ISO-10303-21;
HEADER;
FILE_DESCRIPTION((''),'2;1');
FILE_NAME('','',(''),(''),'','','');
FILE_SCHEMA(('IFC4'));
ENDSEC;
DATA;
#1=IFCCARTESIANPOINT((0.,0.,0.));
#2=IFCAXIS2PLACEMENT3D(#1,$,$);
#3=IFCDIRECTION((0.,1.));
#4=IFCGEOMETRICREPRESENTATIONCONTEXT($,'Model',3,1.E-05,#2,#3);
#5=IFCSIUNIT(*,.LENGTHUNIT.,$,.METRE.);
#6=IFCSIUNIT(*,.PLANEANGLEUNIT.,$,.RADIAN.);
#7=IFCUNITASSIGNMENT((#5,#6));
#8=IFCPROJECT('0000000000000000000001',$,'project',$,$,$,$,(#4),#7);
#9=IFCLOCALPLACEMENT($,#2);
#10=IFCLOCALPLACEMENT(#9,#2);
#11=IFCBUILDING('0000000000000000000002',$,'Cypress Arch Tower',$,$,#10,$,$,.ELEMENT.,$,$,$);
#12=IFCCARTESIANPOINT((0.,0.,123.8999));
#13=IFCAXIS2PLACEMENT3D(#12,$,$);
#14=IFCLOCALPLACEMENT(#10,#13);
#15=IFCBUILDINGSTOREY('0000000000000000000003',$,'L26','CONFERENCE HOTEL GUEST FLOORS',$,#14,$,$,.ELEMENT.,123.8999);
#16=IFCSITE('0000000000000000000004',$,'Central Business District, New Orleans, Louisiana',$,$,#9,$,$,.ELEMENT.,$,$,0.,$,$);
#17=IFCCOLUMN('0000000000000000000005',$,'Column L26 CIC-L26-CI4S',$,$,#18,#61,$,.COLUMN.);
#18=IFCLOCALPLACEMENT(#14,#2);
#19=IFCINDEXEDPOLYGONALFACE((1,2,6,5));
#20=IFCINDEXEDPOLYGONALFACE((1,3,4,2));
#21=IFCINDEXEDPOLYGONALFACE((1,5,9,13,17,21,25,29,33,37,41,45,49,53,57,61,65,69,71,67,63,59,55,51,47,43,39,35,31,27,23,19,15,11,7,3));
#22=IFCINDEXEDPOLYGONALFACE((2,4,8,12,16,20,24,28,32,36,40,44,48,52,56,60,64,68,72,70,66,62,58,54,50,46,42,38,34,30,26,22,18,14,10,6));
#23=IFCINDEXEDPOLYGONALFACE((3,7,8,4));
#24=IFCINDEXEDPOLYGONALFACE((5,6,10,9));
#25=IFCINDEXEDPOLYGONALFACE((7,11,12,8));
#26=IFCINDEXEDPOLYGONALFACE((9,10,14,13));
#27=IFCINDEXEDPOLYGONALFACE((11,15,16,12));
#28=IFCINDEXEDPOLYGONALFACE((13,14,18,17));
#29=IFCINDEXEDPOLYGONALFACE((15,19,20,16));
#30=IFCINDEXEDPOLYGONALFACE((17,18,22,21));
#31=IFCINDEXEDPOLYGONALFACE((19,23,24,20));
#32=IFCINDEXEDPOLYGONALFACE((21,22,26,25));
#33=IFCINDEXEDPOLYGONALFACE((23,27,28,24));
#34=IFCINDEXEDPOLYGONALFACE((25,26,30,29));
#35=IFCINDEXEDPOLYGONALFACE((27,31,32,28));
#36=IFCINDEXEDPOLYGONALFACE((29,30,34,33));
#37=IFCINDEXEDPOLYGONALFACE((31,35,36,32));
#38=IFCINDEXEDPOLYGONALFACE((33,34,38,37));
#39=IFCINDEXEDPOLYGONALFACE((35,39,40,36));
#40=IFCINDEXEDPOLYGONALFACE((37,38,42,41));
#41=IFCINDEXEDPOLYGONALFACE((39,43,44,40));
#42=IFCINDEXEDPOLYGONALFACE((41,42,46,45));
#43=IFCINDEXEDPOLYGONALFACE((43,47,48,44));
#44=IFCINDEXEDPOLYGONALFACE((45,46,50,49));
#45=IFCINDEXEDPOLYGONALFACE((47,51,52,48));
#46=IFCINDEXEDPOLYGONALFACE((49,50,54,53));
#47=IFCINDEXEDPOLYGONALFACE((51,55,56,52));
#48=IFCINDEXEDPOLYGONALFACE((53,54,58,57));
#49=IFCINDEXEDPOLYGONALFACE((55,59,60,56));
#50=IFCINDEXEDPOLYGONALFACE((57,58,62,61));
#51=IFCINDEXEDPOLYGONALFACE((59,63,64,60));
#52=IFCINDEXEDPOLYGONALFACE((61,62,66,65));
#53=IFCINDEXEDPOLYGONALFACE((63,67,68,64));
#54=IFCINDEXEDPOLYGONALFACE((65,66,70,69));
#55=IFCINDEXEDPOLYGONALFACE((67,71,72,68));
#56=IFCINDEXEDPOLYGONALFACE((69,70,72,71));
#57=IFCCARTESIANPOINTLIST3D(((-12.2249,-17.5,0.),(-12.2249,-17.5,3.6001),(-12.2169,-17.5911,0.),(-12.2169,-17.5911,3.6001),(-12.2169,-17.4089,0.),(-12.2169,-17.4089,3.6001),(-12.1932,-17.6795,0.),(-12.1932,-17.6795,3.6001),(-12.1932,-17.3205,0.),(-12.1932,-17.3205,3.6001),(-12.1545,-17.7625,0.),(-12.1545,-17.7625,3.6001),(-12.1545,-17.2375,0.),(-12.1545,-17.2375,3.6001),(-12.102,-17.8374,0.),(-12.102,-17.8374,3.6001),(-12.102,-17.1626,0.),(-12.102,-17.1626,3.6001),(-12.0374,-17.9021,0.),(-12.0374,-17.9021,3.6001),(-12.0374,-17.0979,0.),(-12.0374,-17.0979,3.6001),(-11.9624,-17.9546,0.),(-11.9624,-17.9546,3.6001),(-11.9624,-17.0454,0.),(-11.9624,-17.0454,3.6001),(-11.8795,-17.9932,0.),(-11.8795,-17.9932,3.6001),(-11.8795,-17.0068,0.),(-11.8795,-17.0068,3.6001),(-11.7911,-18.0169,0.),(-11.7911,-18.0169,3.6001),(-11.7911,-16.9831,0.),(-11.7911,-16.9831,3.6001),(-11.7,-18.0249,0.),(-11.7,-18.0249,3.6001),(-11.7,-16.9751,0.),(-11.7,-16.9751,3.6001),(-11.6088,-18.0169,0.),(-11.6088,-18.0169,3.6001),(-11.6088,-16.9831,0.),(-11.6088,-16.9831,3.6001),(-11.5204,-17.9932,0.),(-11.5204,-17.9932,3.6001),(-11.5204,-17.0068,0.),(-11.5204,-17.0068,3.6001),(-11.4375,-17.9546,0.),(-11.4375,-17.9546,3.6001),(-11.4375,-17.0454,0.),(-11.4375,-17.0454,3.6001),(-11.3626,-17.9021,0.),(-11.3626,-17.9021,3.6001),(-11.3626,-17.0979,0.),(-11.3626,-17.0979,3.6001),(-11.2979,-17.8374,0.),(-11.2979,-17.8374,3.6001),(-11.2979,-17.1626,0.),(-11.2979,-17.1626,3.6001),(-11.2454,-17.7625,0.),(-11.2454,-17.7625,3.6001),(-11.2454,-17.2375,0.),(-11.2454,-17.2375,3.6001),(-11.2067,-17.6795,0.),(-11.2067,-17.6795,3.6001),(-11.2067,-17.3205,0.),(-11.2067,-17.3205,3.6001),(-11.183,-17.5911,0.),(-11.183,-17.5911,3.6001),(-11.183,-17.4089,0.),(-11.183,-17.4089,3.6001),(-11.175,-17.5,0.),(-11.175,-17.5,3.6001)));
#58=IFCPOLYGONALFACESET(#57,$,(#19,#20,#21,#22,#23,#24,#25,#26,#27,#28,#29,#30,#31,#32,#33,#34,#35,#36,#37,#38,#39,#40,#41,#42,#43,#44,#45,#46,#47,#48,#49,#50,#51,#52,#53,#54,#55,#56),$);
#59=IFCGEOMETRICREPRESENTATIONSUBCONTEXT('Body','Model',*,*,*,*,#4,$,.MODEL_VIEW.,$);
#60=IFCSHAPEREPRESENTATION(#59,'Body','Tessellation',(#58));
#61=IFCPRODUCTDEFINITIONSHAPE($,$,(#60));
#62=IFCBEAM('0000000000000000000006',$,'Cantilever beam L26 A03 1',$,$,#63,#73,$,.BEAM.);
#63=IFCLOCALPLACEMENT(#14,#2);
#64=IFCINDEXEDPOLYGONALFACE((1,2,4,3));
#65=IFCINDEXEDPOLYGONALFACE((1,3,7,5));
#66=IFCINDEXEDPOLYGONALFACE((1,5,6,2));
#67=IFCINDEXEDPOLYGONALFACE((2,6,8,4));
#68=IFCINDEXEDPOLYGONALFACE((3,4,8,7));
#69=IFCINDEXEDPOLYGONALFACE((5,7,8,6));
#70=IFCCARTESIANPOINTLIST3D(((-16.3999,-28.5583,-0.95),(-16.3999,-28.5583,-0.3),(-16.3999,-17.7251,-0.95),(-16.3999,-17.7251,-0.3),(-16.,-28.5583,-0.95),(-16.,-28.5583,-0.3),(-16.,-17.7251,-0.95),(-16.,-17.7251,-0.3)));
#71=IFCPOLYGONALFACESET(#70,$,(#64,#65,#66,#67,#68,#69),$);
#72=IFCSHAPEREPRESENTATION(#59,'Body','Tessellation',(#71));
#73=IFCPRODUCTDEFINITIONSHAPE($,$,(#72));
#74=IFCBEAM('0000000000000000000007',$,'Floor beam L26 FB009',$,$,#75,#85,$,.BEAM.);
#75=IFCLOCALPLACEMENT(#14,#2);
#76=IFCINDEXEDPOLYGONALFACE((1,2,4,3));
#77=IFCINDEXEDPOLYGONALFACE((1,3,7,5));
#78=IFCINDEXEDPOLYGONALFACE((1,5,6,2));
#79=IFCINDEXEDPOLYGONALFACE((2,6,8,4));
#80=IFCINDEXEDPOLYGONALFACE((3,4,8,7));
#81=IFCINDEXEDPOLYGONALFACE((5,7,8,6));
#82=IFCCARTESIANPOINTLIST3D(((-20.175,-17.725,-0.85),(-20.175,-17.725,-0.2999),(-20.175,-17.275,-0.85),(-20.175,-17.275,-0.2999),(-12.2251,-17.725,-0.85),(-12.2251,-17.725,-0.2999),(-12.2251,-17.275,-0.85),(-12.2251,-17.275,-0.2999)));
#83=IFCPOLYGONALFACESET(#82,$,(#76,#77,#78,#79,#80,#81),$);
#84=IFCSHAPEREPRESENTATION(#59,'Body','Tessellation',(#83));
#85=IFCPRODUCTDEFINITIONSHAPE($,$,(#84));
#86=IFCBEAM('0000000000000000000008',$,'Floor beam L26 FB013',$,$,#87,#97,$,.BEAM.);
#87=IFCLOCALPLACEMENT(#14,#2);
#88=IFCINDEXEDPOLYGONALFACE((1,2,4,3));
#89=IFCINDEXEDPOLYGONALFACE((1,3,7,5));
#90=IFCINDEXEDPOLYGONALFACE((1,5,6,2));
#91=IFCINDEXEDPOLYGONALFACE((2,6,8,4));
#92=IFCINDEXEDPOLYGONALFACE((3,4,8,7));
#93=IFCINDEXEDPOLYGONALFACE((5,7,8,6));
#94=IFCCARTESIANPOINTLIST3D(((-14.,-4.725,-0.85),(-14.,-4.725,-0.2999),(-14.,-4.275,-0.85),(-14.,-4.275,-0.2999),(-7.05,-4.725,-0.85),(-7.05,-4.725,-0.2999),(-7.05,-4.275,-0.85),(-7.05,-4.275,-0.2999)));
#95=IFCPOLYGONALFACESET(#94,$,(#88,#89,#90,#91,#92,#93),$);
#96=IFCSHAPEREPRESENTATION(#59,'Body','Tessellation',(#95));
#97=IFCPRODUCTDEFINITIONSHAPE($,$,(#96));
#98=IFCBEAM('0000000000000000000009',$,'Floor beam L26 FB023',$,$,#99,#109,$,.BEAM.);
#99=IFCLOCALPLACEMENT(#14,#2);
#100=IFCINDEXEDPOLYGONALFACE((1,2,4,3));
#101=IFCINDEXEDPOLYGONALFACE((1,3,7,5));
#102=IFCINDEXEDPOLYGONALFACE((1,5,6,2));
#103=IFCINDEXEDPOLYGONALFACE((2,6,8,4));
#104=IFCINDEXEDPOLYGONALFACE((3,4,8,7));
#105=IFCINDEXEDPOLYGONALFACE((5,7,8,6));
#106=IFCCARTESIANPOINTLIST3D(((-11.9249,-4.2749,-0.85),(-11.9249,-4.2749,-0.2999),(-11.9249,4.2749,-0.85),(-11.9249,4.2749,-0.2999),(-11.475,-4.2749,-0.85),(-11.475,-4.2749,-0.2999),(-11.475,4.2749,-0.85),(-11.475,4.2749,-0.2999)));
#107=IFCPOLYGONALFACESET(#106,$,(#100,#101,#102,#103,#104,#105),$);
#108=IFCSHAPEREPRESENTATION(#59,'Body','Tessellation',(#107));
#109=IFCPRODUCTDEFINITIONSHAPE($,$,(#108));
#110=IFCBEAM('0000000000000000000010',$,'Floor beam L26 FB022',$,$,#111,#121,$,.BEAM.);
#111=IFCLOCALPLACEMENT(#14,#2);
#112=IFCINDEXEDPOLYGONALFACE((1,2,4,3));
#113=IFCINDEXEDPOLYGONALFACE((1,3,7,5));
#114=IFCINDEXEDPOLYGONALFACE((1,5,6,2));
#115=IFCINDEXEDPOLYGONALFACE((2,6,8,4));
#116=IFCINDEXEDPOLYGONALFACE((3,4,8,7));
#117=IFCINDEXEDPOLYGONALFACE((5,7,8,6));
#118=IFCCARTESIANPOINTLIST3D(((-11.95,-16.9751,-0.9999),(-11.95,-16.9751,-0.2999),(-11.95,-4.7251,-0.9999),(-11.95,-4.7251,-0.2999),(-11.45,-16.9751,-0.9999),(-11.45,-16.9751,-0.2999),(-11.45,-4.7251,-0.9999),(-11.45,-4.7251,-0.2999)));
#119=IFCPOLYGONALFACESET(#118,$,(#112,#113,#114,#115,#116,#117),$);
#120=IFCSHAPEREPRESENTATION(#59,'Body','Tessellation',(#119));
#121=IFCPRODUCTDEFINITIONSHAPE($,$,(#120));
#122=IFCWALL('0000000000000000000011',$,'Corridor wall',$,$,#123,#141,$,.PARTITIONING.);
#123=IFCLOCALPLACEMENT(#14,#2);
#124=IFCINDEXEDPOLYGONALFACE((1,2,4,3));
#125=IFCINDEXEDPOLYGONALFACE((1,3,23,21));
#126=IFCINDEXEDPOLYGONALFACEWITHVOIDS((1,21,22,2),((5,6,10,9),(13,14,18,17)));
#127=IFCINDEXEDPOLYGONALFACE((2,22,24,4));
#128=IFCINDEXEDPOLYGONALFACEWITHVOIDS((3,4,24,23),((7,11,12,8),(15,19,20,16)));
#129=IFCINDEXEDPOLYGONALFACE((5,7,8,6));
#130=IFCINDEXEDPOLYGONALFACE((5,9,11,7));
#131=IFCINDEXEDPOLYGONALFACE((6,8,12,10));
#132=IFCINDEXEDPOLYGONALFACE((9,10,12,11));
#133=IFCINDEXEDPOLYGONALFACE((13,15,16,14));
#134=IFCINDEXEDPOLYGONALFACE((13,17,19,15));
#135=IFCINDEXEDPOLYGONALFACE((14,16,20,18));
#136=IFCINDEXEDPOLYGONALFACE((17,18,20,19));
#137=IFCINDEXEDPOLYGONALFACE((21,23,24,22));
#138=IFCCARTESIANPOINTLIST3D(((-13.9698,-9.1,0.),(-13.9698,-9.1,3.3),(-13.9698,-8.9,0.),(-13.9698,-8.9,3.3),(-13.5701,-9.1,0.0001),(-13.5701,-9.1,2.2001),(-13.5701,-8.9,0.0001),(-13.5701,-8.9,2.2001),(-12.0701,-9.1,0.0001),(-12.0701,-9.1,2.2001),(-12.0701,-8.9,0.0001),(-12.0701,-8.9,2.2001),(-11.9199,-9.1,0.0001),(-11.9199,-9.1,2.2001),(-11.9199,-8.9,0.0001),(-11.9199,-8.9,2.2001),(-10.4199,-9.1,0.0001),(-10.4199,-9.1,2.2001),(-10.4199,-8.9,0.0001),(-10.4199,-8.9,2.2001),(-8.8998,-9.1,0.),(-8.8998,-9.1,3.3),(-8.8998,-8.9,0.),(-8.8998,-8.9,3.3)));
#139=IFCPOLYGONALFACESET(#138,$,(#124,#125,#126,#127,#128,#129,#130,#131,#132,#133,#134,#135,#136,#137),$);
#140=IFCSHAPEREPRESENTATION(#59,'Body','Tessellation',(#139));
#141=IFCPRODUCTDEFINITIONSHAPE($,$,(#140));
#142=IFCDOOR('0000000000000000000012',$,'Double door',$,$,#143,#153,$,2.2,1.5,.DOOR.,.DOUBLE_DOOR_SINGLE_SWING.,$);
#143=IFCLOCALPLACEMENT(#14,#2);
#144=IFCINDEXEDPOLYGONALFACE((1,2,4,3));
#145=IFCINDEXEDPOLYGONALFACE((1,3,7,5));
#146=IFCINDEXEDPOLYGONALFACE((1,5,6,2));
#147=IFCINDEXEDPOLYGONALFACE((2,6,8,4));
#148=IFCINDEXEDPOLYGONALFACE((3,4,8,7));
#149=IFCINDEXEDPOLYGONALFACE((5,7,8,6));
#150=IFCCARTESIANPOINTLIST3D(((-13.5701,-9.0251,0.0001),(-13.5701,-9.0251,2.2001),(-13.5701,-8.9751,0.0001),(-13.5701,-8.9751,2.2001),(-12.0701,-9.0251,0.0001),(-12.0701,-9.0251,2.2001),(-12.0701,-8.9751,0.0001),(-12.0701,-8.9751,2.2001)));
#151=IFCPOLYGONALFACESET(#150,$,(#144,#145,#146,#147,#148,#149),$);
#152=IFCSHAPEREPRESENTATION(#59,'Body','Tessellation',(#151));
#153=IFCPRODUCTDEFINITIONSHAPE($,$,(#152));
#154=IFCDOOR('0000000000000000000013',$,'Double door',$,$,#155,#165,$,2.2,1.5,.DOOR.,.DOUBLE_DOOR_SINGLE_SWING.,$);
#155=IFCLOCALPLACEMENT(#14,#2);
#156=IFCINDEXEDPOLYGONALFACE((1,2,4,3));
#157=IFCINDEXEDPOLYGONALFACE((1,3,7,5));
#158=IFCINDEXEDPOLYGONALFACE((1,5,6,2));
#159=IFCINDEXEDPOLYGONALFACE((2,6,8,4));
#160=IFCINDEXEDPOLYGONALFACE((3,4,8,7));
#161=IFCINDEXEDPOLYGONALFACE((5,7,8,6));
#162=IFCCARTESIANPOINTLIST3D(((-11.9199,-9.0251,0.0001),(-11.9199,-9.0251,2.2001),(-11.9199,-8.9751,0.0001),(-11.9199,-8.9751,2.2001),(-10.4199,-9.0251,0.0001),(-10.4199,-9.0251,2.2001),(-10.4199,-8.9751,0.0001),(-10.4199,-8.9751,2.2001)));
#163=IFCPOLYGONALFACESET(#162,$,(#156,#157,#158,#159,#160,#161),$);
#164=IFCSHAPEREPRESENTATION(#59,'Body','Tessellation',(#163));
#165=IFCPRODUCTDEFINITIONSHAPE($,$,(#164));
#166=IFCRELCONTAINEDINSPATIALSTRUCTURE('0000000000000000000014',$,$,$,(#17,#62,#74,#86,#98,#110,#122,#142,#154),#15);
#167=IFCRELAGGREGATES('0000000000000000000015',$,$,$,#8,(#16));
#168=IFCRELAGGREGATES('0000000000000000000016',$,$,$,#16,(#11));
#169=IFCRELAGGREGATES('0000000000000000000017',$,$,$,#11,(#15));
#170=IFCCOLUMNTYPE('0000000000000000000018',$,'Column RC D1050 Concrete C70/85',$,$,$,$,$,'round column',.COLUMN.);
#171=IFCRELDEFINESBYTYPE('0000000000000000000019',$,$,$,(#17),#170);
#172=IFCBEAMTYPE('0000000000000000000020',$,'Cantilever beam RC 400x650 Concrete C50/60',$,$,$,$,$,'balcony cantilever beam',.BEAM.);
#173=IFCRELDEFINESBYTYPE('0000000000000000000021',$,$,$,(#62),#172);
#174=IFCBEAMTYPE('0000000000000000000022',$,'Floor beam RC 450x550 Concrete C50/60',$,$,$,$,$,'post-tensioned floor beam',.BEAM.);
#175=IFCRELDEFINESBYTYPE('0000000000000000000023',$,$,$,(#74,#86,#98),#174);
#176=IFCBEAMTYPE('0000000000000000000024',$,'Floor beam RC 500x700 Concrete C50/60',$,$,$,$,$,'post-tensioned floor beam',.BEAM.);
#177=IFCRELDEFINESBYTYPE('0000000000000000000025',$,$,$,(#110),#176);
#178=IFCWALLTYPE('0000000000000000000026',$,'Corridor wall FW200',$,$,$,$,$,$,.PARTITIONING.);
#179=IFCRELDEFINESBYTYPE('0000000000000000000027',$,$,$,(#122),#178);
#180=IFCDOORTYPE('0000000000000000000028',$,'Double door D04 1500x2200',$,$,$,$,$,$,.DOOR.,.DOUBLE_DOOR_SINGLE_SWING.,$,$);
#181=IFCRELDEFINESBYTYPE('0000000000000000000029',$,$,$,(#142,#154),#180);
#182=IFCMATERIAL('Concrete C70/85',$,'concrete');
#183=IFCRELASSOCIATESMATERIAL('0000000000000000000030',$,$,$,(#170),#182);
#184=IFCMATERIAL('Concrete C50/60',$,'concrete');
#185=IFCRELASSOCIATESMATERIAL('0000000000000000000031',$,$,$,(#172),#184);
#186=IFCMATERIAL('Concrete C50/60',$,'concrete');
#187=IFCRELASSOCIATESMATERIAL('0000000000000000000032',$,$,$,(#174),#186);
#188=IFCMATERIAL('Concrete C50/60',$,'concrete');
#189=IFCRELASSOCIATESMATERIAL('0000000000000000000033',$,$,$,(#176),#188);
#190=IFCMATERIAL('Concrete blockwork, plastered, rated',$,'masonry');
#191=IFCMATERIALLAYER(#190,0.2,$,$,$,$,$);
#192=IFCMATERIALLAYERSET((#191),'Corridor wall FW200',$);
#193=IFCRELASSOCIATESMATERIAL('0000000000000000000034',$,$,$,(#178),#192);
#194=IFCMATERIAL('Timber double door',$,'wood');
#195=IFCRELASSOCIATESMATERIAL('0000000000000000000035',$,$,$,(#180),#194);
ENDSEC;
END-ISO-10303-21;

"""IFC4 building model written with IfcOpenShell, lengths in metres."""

from ifc_helpers import new_model, si_unit, direction, frame, frame_2d, origin, origin_2d, place, context, subcontext, project, spatial, rectangle, circle, extrude, material, layer, layer_set, material_profile, profile_set, type_object, element, fill, save


model = new_model("IFC4")

# Units and contexts
model_context = context("Model", 3, precision=1e-05, world=origin(), true_north=direction((0.0, 1.0)))
body_context = subcontext(model_context, "Body", "Model", "MODEL_VIEW")
ifc_project = project(units=[si_unit("LENGTHUNIT", "METRE"), si_unit("PLANEANGLEUNIT", "RADIAN")], contexts=[model_context])

# Site, building, storey
site_placement = place(None, origin())
site = spatial("IfcSite", under=ifc_project, at=site_placement, Name="Central Business District, New Orleans, Louisiana", CompositionType="ELEMENT", RefElevation=0.0)
building_placement = place(site_placement, origin())
building = spatial("IfcBuilding", under=site, at=building_placement, Name="Cypress Arch Tower", CompositionType="ELEMENT")
storey_placement = place(building_placement, frame((0.0, 0.0, 123.8999)))
storey = spatial("IfcBuildingStorey", under=building, at=storey_placement, Name="L26", Description="CONFERENCE HOTEL GUEST FLOORS", CompositionType="ELEMENT", Elevation=123.8999)

# Column
ifc_material_1 = material(Name="Concrete C70/85", Category="concrete")
ifc_material_profile_1 = material_profile(ifc_material_1, circle(Radius=0.5249, at=origin_2d()), Name="RC D1050")
ifc_profile_set_1 = profile_set([ifc_material_profile_1], Name="Concrete C70/85")
column_type = type_object("IfcColumnType", Name="Column RC D1050 Concrete C70/85", ElementType="round column", PredefinedType="COLUMN", material=ifc_profile_set_1)
column_placement = place(storey_placement, frame((-11.7, -17.5, 0.0), z_axis=(0.0, 0.0, 1.0), x_axis=(1.0, 0.0, 0.0)))
element("IfcColumn", 1, at=column_placement, inside=storey, type_object=column_type, Name="Column L26 CIC-L26-CI4S", PredefinedType="COLUMN", context=body_context, shape_type="SweptSolid", body=[
    extrude(circle(Radius=0.5249, at=origin_2d()), origin(), (0.0, 0.0, 1.0), 3.6001),
])

# Beams
ifc_material_2 = material(Name="Concrete C50/60", Category="concrete")
ifc_material_profile_2 = material_profile(ifc_material_2, rectangle(XDim=0.3999, YDim=0.6499, at=origin_2d()), Name="RC 400x650")
ifc_profile_set_2 = profile_set([ifc_material_profile_2], Name="Concrete C50/60")
beam_type_1 = type_object("IfcBeamType", Name="Cantilever beam RC 400x650 Concrete C50/60", ElementType="balcony cantilever beam", PredefinedType="BEAM", material=ifc_profile_set_2)
beam_1_placement = place(storey_placement, frame((-16.2, -17.7251, -0.625), z_axis=(0.0, -1.0, 0.0), x_axis=(1.0, 0.0, 0.0)))
element("IfcBeam", 2, at=beam_1_placement, inside=storey, type_object=beam_type_1, Name="Cantilever beam L26 A03 1", PredefinedType="BEAM", context=body_context, shape_type="SweptSolid", body=[
    extrude(rectangle(XDim=0.3999, YDim=0.6499, at=origin_2d()), origin(), (0.0, 0.0, 1.0), 10.8333),
])
ifc_material_3 = material(Name="Concrete C50/60", Category="concrete")
ifc_material_profile_3 = material_profile(ifc_material_3, rectangle(XDim=0.45, YDim=0.55, at=origin_2d()), Name="RC 450x550")
ifc_profile_set_3 = profile_set([ifc_material_profile_3], Name="Concrete C50/60")
beam_type_2 = type_object("IfcBeamType", Name="Floor beam RC 450x550 Concrete C50/60", ElementType="post-tensioned floor beam", PredefinedType="BEAM", material=ifc_profile_set_3)
beam_2_placement = place(storey_placement, frame((-20.175, -17.5, -0.575), z_axis=(1.0, 0.0, 0.0), x_axis=(0.0, 1.0, 0.0)))
element("IfcBeam", 3, at=beam_2_placement, inside=storey, type_object=beam_type_2, Name="Floor beam L26 FB009", PredefinedType="BEAM", context=body_context, shape_type="SweptSolid", body=[
    extrude(rectangle(XDim=0.45, YDim=0.55, at=origin_2d()), origin(), (0.0, 0.0, 1.0), 7.95),
])
beam_3_placement = place(storey_placement, frame((-14.0, -4.5, -0.575), z_axis=(1.0, 0.0, 0.0), x_axis=(0.0, 1.0, 0.0)))
element("IfcBeam", 4, at=beam_3_placement, inside=storey, type_object=beam_type_2, Name="Floor beam L26 FB013", PredefinedType="BEAM", context=body_context, shape_type="SweptSolid", body=[
    extrude(rectangle(XDim=0.45, YDim=0.55, at=origin_2d()), origin(), (0.0, 0.0, 1.0), 6.95),
])
beam_4_placement = place(storey_placement, frame((-11.7, -4.2749, -0.575), z_axis=(0.0, 1.0, 0.0), x_axis=(-1.0, 0.0, 0.0)))
element("IfcBeam", 5, at=beam_4_placement, inside=storey, type_object=beam_type_2, Name="Floor beam L26 FB023", PredefinedType="BEAM", context=body_context, shape_type="SweptSolid", body=[
    extrude(rectangle(XDim=0.45, YDim=0.55, at=origin_2d()), origin(), (0.0, 0.0, 1.0), 8.5498),
])
ifc_material_4 = material(Name="Concrete C50/60", Category="concrete")
ifc_material_profile_4 = material_profile(ifc_material_4, rectangle(XDim=0.5, YDim=0.7, at=origin_2d()), Name="RC 500x700")
ifc_profile_set_4 = profile_set([ifc_material_profile_4], Name="Concrete C50/60")
beam_type_3 = type_object("IfcBeamType", Name="Floor beam RC 500x700 Concrete C50/60", ElementType="post-tensioned floor beam", PredefinedType="BEAM", material=ifc_profile_set_4)
beam_5_placement = place(storey_placement, frame((-11.7, -16.9751, -0.6499), z_axis=(0.0, 1.0, 0.0), x_axis=(-1.0, 0.0, 0.0)))
element("IfcBeam", 6, at=beam_5_placement, inside=storey, type_object=beam_type_3, Name="Floor beam L26 FB022", PredefinedType="BEAM", context=body_context, shape_type="SweptSolid", body=[
    extrude(rectangle(XDim=0.5, YDim=0.7, at=origin_2d()), origin(), (0.0, 0.0, 1.0), 12.25),
])

# Wall, openings, doors
ifc_material_5 = material(Name="Concrete blockwork, plastered, rated", Category="masonry")
ifc_layer_1 = layer(ifc_material_5, 0.2)
ifc_layer_set_1 = layer_set([ifc_layer_1], Name="Corridor wall FW200")
wall_type_1 = type_object("IfcWallType", Name="Corridor wall FW200", PredefinedType="PARTITIONING", material=ifc_layer_set_1)
wall_1_placement = place(storey_placement, frame((-13.97, -9.0, 0.0), z_axis=(0.0, 0.0, 1.0), x_axis=(1.0, 0.0, 0.0)))
wall_1 = element("IfcWall", 7, at=wall_1_placement, inside=storey, type_object=wall_type_1, Name="Corridor wall", PredefinedType="PARTITIONING", context=body_context, shape_type="SweptSolid", body=[
    extrude(rectangle(XDim=5.0701, YDim=0.2, at=frame_2d((2.5352, 0.0))), origin(), (0.0, 0.0, 1.0), 3.3),
])
opening_1_placement = place(wall_1_placement, frame((0.3999, 0.0, 0.0)))
opening_1 = element("IfcOpeningElement", 8, at=opening_1_placement, cuts=wall_1, PredefinedType="OPENING", context=body_context, shape_type="SweptSolid", body=[
    extrude(rectangle(XDim=1.5, YDim=2.2, at=frame_2d((0.75, 1.1001))), frame((0.0, 0.1099, 0.0), z_axis=(0.0, -1.0, 0.0), x_axis=(1.0, 0.0, 0.0)), (0.0, 0.0, 1.0), 0.22),
])
opening_2_placement = place(wall_1_placement, frame((2.05, 0.0, 0.0)))
opening_2 = element("IfcOpeningElement", 9, at=opening_2_placement, cuts=wall_1, PredefinedType="OPENING", context=body_context, shape_type="SweptSolid", body=[
    extrude(rectangle(XDim=1.5, YDim=2.2, at=frame_2d((0.75, 1.1001))), frame((0.0, 0.1099, 0.0), z_axis=(0.0, -1.0, 0.0), x_axis=(1.0, 0.0, 0.0)), (0.0, 0.0, 1.0), 0.22),
])
ifc_material_6 = material(Name="Timber double door", Category="wood")
door_type_1 = type_object("IfcDoorType", Name="Double door D04 1500x2200", OperationType="DOUBLE_DOOR_SINGLE_SWING", PredefinedType="DOOR", material=ifc_material_6)
door_1_placement = place(opening_1_placement, origin())
door_1 = element("IfcDoor", 10, at=door_1_placement, inside=storey, type_object=door_type_1, Name="Double door", OperationType="DOUBLE_DOOR_SINGLE_SWING", OverallHeight=2.2, OverallWidth=1.5, PredefinedType="DOOR", context=body_context, shape_type="SweptSolid", body=[
    extrude(rectangle(XDim=1.5, YDim=2.2, at=frame_2d((0.75, 1.1001))), frame((0.0, 0.0249, 0.0), z_axis=(0.0, -1.0, 0.0), x_axis=(1.0, 0.0, 0.0)), (0.0, 0.0, 1.0), 0.05),
])
fill(opening_1, door_1)
door_2_placement = place(opening_2_placement, origin())
door_2 = element("IfcDoor", 11, at=door_2_placement, inside=storey, type_object=door_type_1, Name="Double door", OperationType="DOUBLE_DOOR_SINGLE_SWING", OverallHeight=2.2, OverallWidth=1.5, PredefinedType="DOOR", context=body_context, shape_type="SweptSolid", body=[
    extrude(rectangle(XDim=1.5, YDim=2.2, at=frame_2d((0.75, 1.1001))), frame((0.0, 0.0249, 0.0), z_axis=(0.0, -1.0, 0.0), x_axis=(1.0, 0.0, 0.0)), (0.0, 0.0, 1.0), 0.05),
])
fill(opening_2, door_2)

save(model, "model.ifc")
